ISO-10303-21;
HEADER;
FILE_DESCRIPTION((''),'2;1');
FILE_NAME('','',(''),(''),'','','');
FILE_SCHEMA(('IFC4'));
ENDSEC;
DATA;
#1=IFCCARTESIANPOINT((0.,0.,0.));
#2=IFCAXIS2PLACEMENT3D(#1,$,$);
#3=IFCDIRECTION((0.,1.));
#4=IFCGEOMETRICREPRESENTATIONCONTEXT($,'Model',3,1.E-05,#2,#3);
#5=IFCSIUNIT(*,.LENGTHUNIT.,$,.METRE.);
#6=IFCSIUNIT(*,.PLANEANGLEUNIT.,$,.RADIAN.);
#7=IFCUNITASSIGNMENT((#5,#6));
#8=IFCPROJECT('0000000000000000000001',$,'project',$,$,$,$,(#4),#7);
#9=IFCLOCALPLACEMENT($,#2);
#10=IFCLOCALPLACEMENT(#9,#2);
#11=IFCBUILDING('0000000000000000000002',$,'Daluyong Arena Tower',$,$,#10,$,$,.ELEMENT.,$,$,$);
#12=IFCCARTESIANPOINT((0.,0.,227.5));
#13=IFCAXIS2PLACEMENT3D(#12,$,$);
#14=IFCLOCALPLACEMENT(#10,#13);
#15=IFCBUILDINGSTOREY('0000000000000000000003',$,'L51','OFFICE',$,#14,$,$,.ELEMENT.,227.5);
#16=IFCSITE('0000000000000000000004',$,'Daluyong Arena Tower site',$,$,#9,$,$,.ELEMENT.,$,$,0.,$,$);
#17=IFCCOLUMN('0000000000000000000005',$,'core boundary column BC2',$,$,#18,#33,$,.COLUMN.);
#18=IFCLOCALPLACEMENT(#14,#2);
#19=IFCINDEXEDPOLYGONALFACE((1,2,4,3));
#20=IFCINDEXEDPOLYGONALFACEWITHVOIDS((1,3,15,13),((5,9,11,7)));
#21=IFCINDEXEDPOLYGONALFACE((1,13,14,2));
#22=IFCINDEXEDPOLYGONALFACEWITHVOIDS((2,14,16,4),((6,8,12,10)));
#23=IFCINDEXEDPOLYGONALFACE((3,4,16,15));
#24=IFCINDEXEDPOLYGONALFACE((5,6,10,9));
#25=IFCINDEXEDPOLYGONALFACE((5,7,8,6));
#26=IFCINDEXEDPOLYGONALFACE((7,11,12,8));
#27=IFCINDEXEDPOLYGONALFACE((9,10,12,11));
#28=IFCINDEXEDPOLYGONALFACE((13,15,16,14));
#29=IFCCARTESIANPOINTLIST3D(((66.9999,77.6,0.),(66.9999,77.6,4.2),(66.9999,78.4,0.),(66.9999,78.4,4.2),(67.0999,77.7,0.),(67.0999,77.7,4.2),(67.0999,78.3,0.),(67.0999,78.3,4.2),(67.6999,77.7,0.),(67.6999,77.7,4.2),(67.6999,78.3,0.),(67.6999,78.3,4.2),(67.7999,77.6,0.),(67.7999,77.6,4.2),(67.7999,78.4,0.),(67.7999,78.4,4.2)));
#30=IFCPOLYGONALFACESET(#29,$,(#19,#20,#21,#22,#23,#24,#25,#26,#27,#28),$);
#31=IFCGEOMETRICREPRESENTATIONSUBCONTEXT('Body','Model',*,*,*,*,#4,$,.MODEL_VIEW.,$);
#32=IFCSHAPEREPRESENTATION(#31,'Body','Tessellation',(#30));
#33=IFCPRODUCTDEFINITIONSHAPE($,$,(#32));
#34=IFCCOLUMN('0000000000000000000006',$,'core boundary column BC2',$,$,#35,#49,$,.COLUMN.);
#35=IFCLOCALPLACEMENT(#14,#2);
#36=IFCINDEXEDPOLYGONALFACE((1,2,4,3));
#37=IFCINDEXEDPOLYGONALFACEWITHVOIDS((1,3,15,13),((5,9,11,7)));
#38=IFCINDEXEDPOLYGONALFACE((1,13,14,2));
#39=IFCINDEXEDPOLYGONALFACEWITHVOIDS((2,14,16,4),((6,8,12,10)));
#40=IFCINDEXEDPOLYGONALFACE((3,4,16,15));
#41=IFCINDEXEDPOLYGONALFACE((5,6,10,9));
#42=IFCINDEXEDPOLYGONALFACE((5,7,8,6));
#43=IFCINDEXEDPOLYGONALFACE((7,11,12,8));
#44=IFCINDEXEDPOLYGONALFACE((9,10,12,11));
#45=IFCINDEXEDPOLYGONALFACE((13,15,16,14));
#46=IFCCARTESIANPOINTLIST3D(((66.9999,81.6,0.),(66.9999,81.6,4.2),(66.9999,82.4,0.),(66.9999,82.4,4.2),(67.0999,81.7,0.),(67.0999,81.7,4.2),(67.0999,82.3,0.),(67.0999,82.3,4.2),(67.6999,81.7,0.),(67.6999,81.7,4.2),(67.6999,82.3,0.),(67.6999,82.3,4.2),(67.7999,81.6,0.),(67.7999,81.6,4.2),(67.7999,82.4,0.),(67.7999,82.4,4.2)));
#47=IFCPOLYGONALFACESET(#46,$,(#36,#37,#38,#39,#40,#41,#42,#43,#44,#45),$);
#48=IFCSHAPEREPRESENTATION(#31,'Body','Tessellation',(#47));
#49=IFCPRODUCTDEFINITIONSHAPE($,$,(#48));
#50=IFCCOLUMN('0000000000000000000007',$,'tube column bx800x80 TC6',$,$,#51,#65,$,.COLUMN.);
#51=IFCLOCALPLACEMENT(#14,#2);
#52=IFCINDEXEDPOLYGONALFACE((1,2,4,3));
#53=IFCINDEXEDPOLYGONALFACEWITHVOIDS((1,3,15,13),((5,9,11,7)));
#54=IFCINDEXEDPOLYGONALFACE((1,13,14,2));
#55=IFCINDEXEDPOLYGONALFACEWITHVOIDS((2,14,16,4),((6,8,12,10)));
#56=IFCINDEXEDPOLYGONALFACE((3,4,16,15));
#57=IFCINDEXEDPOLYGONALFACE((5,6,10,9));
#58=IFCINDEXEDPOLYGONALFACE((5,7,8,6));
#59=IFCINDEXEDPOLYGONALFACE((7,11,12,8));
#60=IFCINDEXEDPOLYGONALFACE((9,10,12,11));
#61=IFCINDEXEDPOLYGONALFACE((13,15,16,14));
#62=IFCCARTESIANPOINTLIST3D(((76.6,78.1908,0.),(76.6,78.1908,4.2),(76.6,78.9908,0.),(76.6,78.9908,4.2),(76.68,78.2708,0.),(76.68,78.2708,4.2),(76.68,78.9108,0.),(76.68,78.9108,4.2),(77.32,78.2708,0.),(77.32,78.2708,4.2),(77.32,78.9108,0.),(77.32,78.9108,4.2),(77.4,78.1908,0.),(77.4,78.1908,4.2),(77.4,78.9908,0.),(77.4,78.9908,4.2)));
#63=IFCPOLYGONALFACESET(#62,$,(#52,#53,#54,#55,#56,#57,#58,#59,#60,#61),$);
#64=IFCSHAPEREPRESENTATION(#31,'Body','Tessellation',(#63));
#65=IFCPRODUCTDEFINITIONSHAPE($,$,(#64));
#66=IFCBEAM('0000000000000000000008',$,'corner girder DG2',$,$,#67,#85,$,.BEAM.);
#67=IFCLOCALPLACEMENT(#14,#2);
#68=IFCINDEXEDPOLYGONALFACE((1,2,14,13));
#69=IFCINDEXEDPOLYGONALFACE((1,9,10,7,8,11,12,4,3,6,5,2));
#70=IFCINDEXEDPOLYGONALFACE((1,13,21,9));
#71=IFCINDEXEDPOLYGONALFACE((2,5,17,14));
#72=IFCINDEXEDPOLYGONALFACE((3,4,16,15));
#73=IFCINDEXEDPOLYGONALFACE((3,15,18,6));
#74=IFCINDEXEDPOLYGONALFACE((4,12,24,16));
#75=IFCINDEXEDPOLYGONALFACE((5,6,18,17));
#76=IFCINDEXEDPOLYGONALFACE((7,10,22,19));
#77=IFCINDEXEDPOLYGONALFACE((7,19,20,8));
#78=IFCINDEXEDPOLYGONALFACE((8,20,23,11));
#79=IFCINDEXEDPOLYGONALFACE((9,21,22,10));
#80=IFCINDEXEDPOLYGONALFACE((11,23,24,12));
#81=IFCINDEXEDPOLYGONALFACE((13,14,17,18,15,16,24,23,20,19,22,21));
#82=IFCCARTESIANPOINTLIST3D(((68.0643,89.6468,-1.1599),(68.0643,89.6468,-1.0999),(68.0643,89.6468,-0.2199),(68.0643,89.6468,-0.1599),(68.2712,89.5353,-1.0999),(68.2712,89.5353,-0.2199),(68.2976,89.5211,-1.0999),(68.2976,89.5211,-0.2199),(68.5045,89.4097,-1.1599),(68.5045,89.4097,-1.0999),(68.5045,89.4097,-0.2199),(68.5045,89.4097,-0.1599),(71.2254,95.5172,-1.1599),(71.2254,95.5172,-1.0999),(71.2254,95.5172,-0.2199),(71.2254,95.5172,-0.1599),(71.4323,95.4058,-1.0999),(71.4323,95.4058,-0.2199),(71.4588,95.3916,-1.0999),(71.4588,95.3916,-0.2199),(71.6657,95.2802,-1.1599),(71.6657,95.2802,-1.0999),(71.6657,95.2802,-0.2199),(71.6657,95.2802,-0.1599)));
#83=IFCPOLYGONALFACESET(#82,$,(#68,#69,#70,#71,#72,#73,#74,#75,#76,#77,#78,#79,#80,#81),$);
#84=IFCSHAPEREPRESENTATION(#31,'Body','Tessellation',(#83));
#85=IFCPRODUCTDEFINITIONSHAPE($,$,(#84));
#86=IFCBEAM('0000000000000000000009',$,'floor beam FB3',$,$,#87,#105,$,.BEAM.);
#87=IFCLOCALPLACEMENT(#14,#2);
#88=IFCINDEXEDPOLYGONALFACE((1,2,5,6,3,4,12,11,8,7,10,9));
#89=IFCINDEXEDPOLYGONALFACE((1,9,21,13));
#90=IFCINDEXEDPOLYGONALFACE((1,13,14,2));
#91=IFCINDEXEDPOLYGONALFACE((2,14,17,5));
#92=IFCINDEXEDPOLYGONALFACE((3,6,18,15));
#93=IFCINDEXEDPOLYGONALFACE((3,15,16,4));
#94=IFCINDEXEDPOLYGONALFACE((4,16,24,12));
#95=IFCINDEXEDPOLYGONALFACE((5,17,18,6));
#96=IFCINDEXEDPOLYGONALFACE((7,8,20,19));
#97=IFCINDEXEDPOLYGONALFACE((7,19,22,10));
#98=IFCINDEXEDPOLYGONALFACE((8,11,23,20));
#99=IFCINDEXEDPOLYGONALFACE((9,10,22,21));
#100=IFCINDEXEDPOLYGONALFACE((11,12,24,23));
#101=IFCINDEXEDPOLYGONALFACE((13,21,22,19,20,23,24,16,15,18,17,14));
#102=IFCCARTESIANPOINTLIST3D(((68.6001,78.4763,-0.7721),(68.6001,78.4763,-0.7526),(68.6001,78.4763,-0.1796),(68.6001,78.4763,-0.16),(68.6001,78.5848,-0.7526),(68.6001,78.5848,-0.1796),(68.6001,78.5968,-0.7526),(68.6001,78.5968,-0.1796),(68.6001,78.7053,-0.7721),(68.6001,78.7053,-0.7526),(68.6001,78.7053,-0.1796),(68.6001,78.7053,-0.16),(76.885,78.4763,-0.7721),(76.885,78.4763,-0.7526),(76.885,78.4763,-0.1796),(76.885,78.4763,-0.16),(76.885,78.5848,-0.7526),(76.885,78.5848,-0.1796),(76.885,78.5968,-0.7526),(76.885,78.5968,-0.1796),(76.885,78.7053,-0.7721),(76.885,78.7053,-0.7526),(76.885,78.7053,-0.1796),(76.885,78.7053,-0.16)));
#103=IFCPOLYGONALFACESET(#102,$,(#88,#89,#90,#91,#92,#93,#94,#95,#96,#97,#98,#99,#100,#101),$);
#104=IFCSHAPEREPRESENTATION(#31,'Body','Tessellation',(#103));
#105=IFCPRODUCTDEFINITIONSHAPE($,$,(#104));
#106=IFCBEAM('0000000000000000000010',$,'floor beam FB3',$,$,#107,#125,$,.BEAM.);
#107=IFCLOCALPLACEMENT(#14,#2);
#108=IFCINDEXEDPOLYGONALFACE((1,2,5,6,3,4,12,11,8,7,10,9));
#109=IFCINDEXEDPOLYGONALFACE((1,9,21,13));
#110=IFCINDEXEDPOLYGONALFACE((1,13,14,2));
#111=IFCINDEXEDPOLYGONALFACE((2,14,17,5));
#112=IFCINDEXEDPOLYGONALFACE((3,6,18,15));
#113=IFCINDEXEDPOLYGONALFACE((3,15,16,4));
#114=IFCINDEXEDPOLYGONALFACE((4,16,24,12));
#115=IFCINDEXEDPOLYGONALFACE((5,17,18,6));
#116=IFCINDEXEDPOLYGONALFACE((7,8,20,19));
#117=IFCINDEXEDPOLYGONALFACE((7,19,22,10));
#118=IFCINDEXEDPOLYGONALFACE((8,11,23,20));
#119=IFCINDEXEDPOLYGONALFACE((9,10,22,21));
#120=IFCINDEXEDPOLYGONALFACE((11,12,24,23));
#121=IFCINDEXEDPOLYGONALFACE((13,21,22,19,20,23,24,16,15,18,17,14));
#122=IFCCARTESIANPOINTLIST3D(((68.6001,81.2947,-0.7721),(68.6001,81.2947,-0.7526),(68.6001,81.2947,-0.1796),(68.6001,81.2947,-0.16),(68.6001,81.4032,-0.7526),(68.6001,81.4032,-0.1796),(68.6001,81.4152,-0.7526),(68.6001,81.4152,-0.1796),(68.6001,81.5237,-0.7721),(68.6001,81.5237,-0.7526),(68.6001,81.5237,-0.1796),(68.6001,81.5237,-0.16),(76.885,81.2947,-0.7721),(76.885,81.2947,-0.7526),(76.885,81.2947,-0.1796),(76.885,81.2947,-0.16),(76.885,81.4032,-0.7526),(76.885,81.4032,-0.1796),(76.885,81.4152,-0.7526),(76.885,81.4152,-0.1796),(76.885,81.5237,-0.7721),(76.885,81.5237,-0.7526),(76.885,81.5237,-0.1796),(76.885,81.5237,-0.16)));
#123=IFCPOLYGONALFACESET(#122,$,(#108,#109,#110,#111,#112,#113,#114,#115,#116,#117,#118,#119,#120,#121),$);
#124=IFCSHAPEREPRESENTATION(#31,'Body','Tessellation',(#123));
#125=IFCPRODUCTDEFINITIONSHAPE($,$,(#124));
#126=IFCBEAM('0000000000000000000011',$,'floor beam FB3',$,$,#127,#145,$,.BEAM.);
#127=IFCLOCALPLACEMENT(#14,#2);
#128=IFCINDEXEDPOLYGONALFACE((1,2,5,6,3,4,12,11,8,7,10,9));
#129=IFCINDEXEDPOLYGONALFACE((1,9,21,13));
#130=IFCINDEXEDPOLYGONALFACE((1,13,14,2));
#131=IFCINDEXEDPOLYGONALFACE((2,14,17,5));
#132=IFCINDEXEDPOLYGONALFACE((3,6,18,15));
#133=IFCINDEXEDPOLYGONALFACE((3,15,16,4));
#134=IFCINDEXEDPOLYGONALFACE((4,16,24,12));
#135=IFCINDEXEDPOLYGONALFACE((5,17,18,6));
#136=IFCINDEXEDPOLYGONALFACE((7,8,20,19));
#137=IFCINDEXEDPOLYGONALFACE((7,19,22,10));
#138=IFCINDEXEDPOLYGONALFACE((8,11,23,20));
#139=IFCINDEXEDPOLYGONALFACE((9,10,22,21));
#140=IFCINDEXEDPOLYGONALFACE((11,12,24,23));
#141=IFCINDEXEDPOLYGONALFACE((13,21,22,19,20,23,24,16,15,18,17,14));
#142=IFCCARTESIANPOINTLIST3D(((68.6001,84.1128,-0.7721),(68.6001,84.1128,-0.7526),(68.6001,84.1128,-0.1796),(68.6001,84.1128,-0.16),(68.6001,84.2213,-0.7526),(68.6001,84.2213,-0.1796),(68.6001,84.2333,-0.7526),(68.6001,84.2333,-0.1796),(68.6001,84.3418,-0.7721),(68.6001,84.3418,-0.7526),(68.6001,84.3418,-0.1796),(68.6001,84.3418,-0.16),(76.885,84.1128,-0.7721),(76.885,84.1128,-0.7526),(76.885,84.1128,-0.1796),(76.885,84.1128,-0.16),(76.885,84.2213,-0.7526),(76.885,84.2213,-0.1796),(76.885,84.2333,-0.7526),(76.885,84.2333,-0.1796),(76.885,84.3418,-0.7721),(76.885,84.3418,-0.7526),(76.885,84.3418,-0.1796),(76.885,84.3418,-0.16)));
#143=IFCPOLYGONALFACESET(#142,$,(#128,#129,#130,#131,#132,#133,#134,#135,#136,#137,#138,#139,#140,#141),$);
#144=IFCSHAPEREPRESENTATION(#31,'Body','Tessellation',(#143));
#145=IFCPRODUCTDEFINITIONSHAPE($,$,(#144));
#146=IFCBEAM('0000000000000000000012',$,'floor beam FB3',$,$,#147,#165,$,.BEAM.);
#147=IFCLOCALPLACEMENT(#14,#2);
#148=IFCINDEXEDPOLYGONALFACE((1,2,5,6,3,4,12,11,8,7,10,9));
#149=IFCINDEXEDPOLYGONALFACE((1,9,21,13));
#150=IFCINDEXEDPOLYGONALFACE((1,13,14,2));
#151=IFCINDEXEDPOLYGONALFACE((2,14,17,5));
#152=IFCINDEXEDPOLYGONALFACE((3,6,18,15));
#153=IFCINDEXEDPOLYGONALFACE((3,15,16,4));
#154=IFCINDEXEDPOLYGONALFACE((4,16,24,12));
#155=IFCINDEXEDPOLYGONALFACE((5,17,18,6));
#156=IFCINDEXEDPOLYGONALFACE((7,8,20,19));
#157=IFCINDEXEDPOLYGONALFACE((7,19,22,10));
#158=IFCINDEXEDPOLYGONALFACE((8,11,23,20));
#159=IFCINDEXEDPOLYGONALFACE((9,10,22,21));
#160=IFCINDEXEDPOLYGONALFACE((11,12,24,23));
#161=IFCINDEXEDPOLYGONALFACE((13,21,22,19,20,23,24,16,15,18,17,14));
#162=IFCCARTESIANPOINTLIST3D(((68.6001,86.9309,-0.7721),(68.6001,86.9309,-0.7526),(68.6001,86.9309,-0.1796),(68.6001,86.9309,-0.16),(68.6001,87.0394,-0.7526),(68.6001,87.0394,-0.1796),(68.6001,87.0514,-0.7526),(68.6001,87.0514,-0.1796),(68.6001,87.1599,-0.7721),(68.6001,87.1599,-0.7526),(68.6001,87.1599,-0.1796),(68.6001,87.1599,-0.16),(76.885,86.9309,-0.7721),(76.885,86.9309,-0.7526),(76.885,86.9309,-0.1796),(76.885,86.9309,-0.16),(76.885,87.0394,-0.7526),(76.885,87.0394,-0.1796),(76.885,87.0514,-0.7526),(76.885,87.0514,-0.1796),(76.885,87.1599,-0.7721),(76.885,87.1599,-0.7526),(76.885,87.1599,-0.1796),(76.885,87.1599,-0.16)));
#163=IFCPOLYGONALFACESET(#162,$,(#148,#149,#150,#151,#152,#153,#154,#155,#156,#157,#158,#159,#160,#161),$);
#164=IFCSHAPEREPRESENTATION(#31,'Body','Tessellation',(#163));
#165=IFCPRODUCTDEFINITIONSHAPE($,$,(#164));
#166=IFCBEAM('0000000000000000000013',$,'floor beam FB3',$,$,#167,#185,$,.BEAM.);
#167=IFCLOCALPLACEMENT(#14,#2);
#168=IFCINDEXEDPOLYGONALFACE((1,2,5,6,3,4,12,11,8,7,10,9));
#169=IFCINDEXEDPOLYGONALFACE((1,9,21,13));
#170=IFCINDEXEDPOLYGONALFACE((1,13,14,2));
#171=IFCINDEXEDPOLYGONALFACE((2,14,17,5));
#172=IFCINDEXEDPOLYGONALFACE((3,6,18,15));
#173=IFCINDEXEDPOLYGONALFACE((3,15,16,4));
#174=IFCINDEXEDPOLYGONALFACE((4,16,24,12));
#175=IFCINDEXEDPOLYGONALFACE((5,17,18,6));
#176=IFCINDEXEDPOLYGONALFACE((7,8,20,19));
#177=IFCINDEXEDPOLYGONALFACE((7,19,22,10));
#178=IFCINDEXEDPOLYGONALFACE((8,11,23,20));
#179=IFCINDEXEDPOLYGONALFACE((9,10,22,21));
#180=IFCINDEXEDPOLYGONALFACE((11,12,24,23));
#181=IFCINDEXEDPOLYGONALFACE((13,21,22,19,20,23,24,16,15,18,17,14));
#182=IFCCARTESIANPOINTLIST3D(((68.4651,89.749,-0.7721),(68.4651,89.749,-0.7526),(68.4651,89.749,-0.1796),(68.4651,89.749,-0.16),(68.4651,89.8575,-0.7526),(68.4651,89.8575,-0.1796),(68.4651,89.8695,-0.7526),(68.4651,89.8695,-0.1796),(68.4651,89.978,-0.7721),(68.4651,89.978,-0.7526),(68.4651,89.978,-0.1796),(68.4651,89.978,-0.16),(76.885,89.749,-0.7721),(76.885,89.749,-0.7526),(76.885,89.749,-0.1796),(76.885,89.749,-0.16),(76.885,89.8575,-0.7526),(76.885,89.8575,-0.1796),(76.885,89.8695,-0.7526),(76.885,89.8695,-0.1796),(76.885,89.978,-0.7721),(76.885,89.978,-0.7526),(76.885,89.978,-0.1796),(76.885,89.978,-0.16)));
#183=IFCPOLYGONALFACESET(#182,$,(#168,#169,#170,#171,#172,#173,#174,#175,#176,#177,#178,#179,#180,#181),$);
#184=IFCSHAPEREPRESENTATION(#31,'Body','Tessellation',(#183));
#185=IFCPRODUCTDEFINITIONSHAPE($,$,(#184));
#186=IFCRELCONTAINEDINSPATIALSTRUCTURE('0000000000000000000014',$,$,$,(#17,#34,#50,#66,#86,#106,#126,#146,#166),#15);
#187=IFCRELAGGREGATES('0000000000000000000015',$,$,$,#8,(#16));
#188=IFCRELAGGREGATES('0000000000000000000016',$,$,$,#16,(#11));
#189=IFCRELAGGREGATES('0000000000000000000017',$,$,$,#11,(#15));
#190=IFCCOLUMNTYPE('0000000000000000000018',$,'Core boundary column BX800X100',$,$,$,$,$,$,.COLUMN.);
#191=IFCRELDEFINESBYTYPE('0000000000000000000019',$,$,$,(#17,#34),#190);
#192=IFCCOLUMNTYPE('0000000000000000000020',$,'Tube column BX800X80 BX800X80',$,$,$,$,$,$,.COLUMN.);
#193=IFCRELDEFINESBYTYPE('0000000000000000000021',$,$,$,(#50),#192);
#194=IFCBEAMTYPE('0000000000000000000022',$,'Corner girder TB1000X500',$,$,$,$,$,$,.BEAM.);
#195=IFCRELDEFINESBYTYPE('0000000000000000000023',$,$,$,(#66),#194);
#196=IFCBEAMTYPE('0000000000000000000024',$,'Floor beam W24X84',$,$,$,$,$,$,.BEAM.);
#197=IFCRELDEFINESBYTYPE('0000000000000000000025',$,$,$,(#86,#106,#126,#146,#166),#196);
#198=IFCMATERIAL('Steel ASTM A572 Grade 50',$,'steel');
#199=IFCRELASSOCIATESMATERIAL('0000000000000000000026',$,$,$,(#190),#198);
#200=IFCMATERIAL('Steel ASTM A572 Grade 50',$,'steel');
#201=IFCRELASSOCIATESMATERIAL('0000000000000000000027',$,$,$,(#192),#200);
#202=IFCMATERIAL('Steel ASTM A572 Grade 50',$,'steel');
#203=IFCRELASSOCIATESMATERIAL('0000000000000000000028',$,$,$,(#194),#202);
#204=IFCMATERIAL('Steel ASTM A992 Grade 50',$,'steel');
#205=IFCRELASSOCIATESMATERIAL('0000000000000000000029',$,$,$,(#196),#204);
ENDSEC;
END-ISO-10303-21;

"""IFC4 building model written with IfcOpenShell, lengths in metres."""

from ifc_helpers import new_model, si_unit, direction, frame, origin, origin_2d, place, context, subcontext, project, spatial, hollow_rectangle, i_section, extrude, material, material_profile, profile_set, type_object, element, save


model = new_model("IFC4")

# Units and contexts
model_context = context("Model", 3, precision=1e-05, world=origin(), true_north=direction((0.0, 1.0)))
body_context = subcontext(model_context, "Body", "Model", "MODEL_VIEW")
ifc_project = project(units=[si_unit("LENGTHUNIT", "METRE"), si_unit("PLANEANGLEUNIT", "RADIAN")], contexts=[model_context])

# Site, building, storey
site_placement = place(None, origin())
site = spatial("IfcSite", under=ifc_project, at=site_placement, Name="Daluyong Arena Tower site", CompositionType="ELEMENT", RefElevation=0.0)
building_placement = place(site_placement, origin())
building = spatial("IfcBuilding", under=site, at=building_placement, Name="Daluyong Arena Tower", CompositionType="ELEMENT")
storey_placement = place(building_placement, frame((0.0, 0.0, 227.5)))
storey = spatial("IfcBuildingStorey", under=building, at=storey_placement, Name="L51", Description="OFFICE", CompositionType="ELEMENT", Elevation=227.5)

# Columns
ifc_material_1 = material(Name="Steel ASTM A572 Grade 50", Category="steel")
ifc_material_profile_1 = material_profile(ifc_material_1, hollow_rectangle(XDim=0.8, YDim=0.8, WallThickness=0.1, at=origin_2d()))
ifc_profile_set_1 = profile_set([ifc_material_profile_1], Name="Steel ASTM A572 Grade 50")
column_type_1 = type_object("IfcColumnType", Name="Core boundary column BX800X100", PredefinedType="COLUMN", material=ifc_profile_set_1)
for number, where, z_axis, x_axis, name in (
    (1, (67.3999, 78.0, 0.0), (0.0, 0.0, 1.0), (1.0, 0.0, 0.0), "core boundary column BC2"),
    (2, (67.3999, 82.0, 0.0), (0.0, 0.0, 1.0), (1.0, 0.0, 0.0), "core boundary column BC2"),
):
    element("IfcColumn", number, at=place(storey_placement, frame(where, z_axis=z_axis, x_axis=x_axis)), inside=storey, type_object=column_type_1, Name=name, PredefinedType="COLUMN", context=body_context, shape_type="SweptSolid", body=[
        extrude(hollow_rectangle(XDim=0.8, YDim=0.8, WallThickness=0.1, at=origin_2d()), origin(), (0.0, 0.0, 1.0), 4.2),
    ])
ifc_material_2 = material(Name="Steel ASTM A572 Grade 50", Category="steel")
ifc_material_profile_2 = material_profile(ifc_material_2, hollow_rectangle(XDim=0.8, YDim=0.8, WallThickness=0.08, at=origin_2d()))
ifc_profile_set_2 = profile_set([ifc_material_profile_2], Name="Steel ASTM A572 Grade 50")
column_type_2 = type_object("IfcColumnType", Name="Tube column BX800X80 BX800X80", PredefinedType="COLUMN", material=ifc_profile_set_2)
column_placement = place(storey_placement, frame((77.0, 78.5908, 0.0), z_axis=(0.0, 0.0, 1.0), x_axis=(0.0, 1.0, 0.0)))
element("IfcColumn", 3, at=column_placement, inside=storey, type_object=column_type_2, Name="tube column bx800x80 TC6", PredefinedType="COLUMN", context=body_context, shape_type="SweptSolid", body=[
    extrude(hollow_rectangle(XDim=0.8, YDim=0.8, WallThickness=0.08, at=origin_2d()), origin(), (0.0, 0.0, 1.0), 4.2),
])

# Beams
ifc_material_3 = material(Name="Steel ASTM A572 Grade 50", Category="steel")
ifc_material_profile_3 = material_profile(ifc_material_3, i_section(OverallWidth=0.5, OverallDepth=1.0, WebThickness=0.03, FlangeThickness=0.06, at=origin_2d()))
ifc_profile_set_3 = profile_set([ifc_material_profile_3], Name="Steel ASTM A572 Grade 50")
beam_type_1 = type_object("IfcBeamType", Name="Corner girder TB1000X500", PredefinedType="BEAM", material=ifc_profile_set_3)
beam_1_placement = place(storey_placement, frame((71.4456, 95.3987, -0.6599), z_axis=(-0.474119, -0.880461, 0.0), x_axis=(0.880461, -0.474119, 0.0)))
element("IfcBeam", 4, at=beam_1_placement, inside=storey, type_object=beam_type_1, Name="corner girder DG2", PredefinedType="BEAM", context=body_context, shape_type="SweptSolid", body=[
    extrude(i_section(OverallWidth=0.5, OverallDepth=1.0, WebThickness=0.03, FlangeThickness=0.06, at=origin_2d()), origin(), (0.0, 0.0, 1.0), 6.6675),
])
ifc_material_4 = material(Name="Steel ASTM A992 Grade 50", Category="steel")
ifc_material_profile_4 = material_profile(ifc_material_4, i_section(OverallWidth=0.229, OverallDepth=0.6121, WebThickness=0.012, FlangeThickness=0.0195, at=origin_2d()))
ifc_profile_set_4 = profile_set([ifc_material_profile_4], Name="Steel ASTM A992 Grade 50")
beam_type_2 = type_object("IfcBeamType", Name="Floor beam W24X84", PredefinedType="BEAM", material=ifc_profile_set_4)
for number, where, z_axis, x_axis, name in (
    (5, (76.885, 78.5908, -0.4661), (-1.0, 0.0, 0.0), (0.0, -1.0, 0.0), "floor beam FB3"),
    (6, (76.885, 81.4092, -0.4661), (-1.0, 0.0, 0.0), (0.0, -1.0, 0.0), "floor beam FB3"),
    (7, (76.885, 84.2273, -0.4661), (-1.0, 0.0, 0.0), (0.0, -1.0, 0.0), "floor beam FB3"),
    (8, (76.885, 87.0454, -0.4661), (-1.0, 0.0, 0.0), (0.0, -1.0, 0.0), "floor beam FB3"),
):
    element("IfcBeam", number, at=place(storey_placement, frame(where, z_axis=z_axis, x_axis=x_axis)), inside=storey, type_object=beam_type_2, Name=name, PredefinedType="BEAM", context=body_context, shape_type="SweptSolid", body=[
        extrude(i_section(OverallWidth=0.229, OverallDepth=0.6121, WebThickness=0.012, FlangeThickness=0.0195, at=origin_2d()), origin(), (0.0, 0.0, 1.0), 8.2849),
    ])
beam_2_placement = place(storey_placement, frame((76.885, 89.8635, -0.4661), z_axis=(-1.0, 0.0, 0.0), x_axis=(0.0, -1.0, 0.0)))
element("IfcBeam", 9, at=beam_2_placement, inside=storey, type_object=beam_type_2, Name="floor beam FB3", PredefinedType="BEAM", context=body_context, shape_type="SweptSolid", body=[
    extrude(i_section(OverallWidth=0.229, OverallDepth=0.6121, WebThickness=0.012, FlangeThickness=0.0195, at=origin_2d()), origin(), (0.0, 0.0, 1.0), 8.4199),
])

save(model, "model.ifc")
